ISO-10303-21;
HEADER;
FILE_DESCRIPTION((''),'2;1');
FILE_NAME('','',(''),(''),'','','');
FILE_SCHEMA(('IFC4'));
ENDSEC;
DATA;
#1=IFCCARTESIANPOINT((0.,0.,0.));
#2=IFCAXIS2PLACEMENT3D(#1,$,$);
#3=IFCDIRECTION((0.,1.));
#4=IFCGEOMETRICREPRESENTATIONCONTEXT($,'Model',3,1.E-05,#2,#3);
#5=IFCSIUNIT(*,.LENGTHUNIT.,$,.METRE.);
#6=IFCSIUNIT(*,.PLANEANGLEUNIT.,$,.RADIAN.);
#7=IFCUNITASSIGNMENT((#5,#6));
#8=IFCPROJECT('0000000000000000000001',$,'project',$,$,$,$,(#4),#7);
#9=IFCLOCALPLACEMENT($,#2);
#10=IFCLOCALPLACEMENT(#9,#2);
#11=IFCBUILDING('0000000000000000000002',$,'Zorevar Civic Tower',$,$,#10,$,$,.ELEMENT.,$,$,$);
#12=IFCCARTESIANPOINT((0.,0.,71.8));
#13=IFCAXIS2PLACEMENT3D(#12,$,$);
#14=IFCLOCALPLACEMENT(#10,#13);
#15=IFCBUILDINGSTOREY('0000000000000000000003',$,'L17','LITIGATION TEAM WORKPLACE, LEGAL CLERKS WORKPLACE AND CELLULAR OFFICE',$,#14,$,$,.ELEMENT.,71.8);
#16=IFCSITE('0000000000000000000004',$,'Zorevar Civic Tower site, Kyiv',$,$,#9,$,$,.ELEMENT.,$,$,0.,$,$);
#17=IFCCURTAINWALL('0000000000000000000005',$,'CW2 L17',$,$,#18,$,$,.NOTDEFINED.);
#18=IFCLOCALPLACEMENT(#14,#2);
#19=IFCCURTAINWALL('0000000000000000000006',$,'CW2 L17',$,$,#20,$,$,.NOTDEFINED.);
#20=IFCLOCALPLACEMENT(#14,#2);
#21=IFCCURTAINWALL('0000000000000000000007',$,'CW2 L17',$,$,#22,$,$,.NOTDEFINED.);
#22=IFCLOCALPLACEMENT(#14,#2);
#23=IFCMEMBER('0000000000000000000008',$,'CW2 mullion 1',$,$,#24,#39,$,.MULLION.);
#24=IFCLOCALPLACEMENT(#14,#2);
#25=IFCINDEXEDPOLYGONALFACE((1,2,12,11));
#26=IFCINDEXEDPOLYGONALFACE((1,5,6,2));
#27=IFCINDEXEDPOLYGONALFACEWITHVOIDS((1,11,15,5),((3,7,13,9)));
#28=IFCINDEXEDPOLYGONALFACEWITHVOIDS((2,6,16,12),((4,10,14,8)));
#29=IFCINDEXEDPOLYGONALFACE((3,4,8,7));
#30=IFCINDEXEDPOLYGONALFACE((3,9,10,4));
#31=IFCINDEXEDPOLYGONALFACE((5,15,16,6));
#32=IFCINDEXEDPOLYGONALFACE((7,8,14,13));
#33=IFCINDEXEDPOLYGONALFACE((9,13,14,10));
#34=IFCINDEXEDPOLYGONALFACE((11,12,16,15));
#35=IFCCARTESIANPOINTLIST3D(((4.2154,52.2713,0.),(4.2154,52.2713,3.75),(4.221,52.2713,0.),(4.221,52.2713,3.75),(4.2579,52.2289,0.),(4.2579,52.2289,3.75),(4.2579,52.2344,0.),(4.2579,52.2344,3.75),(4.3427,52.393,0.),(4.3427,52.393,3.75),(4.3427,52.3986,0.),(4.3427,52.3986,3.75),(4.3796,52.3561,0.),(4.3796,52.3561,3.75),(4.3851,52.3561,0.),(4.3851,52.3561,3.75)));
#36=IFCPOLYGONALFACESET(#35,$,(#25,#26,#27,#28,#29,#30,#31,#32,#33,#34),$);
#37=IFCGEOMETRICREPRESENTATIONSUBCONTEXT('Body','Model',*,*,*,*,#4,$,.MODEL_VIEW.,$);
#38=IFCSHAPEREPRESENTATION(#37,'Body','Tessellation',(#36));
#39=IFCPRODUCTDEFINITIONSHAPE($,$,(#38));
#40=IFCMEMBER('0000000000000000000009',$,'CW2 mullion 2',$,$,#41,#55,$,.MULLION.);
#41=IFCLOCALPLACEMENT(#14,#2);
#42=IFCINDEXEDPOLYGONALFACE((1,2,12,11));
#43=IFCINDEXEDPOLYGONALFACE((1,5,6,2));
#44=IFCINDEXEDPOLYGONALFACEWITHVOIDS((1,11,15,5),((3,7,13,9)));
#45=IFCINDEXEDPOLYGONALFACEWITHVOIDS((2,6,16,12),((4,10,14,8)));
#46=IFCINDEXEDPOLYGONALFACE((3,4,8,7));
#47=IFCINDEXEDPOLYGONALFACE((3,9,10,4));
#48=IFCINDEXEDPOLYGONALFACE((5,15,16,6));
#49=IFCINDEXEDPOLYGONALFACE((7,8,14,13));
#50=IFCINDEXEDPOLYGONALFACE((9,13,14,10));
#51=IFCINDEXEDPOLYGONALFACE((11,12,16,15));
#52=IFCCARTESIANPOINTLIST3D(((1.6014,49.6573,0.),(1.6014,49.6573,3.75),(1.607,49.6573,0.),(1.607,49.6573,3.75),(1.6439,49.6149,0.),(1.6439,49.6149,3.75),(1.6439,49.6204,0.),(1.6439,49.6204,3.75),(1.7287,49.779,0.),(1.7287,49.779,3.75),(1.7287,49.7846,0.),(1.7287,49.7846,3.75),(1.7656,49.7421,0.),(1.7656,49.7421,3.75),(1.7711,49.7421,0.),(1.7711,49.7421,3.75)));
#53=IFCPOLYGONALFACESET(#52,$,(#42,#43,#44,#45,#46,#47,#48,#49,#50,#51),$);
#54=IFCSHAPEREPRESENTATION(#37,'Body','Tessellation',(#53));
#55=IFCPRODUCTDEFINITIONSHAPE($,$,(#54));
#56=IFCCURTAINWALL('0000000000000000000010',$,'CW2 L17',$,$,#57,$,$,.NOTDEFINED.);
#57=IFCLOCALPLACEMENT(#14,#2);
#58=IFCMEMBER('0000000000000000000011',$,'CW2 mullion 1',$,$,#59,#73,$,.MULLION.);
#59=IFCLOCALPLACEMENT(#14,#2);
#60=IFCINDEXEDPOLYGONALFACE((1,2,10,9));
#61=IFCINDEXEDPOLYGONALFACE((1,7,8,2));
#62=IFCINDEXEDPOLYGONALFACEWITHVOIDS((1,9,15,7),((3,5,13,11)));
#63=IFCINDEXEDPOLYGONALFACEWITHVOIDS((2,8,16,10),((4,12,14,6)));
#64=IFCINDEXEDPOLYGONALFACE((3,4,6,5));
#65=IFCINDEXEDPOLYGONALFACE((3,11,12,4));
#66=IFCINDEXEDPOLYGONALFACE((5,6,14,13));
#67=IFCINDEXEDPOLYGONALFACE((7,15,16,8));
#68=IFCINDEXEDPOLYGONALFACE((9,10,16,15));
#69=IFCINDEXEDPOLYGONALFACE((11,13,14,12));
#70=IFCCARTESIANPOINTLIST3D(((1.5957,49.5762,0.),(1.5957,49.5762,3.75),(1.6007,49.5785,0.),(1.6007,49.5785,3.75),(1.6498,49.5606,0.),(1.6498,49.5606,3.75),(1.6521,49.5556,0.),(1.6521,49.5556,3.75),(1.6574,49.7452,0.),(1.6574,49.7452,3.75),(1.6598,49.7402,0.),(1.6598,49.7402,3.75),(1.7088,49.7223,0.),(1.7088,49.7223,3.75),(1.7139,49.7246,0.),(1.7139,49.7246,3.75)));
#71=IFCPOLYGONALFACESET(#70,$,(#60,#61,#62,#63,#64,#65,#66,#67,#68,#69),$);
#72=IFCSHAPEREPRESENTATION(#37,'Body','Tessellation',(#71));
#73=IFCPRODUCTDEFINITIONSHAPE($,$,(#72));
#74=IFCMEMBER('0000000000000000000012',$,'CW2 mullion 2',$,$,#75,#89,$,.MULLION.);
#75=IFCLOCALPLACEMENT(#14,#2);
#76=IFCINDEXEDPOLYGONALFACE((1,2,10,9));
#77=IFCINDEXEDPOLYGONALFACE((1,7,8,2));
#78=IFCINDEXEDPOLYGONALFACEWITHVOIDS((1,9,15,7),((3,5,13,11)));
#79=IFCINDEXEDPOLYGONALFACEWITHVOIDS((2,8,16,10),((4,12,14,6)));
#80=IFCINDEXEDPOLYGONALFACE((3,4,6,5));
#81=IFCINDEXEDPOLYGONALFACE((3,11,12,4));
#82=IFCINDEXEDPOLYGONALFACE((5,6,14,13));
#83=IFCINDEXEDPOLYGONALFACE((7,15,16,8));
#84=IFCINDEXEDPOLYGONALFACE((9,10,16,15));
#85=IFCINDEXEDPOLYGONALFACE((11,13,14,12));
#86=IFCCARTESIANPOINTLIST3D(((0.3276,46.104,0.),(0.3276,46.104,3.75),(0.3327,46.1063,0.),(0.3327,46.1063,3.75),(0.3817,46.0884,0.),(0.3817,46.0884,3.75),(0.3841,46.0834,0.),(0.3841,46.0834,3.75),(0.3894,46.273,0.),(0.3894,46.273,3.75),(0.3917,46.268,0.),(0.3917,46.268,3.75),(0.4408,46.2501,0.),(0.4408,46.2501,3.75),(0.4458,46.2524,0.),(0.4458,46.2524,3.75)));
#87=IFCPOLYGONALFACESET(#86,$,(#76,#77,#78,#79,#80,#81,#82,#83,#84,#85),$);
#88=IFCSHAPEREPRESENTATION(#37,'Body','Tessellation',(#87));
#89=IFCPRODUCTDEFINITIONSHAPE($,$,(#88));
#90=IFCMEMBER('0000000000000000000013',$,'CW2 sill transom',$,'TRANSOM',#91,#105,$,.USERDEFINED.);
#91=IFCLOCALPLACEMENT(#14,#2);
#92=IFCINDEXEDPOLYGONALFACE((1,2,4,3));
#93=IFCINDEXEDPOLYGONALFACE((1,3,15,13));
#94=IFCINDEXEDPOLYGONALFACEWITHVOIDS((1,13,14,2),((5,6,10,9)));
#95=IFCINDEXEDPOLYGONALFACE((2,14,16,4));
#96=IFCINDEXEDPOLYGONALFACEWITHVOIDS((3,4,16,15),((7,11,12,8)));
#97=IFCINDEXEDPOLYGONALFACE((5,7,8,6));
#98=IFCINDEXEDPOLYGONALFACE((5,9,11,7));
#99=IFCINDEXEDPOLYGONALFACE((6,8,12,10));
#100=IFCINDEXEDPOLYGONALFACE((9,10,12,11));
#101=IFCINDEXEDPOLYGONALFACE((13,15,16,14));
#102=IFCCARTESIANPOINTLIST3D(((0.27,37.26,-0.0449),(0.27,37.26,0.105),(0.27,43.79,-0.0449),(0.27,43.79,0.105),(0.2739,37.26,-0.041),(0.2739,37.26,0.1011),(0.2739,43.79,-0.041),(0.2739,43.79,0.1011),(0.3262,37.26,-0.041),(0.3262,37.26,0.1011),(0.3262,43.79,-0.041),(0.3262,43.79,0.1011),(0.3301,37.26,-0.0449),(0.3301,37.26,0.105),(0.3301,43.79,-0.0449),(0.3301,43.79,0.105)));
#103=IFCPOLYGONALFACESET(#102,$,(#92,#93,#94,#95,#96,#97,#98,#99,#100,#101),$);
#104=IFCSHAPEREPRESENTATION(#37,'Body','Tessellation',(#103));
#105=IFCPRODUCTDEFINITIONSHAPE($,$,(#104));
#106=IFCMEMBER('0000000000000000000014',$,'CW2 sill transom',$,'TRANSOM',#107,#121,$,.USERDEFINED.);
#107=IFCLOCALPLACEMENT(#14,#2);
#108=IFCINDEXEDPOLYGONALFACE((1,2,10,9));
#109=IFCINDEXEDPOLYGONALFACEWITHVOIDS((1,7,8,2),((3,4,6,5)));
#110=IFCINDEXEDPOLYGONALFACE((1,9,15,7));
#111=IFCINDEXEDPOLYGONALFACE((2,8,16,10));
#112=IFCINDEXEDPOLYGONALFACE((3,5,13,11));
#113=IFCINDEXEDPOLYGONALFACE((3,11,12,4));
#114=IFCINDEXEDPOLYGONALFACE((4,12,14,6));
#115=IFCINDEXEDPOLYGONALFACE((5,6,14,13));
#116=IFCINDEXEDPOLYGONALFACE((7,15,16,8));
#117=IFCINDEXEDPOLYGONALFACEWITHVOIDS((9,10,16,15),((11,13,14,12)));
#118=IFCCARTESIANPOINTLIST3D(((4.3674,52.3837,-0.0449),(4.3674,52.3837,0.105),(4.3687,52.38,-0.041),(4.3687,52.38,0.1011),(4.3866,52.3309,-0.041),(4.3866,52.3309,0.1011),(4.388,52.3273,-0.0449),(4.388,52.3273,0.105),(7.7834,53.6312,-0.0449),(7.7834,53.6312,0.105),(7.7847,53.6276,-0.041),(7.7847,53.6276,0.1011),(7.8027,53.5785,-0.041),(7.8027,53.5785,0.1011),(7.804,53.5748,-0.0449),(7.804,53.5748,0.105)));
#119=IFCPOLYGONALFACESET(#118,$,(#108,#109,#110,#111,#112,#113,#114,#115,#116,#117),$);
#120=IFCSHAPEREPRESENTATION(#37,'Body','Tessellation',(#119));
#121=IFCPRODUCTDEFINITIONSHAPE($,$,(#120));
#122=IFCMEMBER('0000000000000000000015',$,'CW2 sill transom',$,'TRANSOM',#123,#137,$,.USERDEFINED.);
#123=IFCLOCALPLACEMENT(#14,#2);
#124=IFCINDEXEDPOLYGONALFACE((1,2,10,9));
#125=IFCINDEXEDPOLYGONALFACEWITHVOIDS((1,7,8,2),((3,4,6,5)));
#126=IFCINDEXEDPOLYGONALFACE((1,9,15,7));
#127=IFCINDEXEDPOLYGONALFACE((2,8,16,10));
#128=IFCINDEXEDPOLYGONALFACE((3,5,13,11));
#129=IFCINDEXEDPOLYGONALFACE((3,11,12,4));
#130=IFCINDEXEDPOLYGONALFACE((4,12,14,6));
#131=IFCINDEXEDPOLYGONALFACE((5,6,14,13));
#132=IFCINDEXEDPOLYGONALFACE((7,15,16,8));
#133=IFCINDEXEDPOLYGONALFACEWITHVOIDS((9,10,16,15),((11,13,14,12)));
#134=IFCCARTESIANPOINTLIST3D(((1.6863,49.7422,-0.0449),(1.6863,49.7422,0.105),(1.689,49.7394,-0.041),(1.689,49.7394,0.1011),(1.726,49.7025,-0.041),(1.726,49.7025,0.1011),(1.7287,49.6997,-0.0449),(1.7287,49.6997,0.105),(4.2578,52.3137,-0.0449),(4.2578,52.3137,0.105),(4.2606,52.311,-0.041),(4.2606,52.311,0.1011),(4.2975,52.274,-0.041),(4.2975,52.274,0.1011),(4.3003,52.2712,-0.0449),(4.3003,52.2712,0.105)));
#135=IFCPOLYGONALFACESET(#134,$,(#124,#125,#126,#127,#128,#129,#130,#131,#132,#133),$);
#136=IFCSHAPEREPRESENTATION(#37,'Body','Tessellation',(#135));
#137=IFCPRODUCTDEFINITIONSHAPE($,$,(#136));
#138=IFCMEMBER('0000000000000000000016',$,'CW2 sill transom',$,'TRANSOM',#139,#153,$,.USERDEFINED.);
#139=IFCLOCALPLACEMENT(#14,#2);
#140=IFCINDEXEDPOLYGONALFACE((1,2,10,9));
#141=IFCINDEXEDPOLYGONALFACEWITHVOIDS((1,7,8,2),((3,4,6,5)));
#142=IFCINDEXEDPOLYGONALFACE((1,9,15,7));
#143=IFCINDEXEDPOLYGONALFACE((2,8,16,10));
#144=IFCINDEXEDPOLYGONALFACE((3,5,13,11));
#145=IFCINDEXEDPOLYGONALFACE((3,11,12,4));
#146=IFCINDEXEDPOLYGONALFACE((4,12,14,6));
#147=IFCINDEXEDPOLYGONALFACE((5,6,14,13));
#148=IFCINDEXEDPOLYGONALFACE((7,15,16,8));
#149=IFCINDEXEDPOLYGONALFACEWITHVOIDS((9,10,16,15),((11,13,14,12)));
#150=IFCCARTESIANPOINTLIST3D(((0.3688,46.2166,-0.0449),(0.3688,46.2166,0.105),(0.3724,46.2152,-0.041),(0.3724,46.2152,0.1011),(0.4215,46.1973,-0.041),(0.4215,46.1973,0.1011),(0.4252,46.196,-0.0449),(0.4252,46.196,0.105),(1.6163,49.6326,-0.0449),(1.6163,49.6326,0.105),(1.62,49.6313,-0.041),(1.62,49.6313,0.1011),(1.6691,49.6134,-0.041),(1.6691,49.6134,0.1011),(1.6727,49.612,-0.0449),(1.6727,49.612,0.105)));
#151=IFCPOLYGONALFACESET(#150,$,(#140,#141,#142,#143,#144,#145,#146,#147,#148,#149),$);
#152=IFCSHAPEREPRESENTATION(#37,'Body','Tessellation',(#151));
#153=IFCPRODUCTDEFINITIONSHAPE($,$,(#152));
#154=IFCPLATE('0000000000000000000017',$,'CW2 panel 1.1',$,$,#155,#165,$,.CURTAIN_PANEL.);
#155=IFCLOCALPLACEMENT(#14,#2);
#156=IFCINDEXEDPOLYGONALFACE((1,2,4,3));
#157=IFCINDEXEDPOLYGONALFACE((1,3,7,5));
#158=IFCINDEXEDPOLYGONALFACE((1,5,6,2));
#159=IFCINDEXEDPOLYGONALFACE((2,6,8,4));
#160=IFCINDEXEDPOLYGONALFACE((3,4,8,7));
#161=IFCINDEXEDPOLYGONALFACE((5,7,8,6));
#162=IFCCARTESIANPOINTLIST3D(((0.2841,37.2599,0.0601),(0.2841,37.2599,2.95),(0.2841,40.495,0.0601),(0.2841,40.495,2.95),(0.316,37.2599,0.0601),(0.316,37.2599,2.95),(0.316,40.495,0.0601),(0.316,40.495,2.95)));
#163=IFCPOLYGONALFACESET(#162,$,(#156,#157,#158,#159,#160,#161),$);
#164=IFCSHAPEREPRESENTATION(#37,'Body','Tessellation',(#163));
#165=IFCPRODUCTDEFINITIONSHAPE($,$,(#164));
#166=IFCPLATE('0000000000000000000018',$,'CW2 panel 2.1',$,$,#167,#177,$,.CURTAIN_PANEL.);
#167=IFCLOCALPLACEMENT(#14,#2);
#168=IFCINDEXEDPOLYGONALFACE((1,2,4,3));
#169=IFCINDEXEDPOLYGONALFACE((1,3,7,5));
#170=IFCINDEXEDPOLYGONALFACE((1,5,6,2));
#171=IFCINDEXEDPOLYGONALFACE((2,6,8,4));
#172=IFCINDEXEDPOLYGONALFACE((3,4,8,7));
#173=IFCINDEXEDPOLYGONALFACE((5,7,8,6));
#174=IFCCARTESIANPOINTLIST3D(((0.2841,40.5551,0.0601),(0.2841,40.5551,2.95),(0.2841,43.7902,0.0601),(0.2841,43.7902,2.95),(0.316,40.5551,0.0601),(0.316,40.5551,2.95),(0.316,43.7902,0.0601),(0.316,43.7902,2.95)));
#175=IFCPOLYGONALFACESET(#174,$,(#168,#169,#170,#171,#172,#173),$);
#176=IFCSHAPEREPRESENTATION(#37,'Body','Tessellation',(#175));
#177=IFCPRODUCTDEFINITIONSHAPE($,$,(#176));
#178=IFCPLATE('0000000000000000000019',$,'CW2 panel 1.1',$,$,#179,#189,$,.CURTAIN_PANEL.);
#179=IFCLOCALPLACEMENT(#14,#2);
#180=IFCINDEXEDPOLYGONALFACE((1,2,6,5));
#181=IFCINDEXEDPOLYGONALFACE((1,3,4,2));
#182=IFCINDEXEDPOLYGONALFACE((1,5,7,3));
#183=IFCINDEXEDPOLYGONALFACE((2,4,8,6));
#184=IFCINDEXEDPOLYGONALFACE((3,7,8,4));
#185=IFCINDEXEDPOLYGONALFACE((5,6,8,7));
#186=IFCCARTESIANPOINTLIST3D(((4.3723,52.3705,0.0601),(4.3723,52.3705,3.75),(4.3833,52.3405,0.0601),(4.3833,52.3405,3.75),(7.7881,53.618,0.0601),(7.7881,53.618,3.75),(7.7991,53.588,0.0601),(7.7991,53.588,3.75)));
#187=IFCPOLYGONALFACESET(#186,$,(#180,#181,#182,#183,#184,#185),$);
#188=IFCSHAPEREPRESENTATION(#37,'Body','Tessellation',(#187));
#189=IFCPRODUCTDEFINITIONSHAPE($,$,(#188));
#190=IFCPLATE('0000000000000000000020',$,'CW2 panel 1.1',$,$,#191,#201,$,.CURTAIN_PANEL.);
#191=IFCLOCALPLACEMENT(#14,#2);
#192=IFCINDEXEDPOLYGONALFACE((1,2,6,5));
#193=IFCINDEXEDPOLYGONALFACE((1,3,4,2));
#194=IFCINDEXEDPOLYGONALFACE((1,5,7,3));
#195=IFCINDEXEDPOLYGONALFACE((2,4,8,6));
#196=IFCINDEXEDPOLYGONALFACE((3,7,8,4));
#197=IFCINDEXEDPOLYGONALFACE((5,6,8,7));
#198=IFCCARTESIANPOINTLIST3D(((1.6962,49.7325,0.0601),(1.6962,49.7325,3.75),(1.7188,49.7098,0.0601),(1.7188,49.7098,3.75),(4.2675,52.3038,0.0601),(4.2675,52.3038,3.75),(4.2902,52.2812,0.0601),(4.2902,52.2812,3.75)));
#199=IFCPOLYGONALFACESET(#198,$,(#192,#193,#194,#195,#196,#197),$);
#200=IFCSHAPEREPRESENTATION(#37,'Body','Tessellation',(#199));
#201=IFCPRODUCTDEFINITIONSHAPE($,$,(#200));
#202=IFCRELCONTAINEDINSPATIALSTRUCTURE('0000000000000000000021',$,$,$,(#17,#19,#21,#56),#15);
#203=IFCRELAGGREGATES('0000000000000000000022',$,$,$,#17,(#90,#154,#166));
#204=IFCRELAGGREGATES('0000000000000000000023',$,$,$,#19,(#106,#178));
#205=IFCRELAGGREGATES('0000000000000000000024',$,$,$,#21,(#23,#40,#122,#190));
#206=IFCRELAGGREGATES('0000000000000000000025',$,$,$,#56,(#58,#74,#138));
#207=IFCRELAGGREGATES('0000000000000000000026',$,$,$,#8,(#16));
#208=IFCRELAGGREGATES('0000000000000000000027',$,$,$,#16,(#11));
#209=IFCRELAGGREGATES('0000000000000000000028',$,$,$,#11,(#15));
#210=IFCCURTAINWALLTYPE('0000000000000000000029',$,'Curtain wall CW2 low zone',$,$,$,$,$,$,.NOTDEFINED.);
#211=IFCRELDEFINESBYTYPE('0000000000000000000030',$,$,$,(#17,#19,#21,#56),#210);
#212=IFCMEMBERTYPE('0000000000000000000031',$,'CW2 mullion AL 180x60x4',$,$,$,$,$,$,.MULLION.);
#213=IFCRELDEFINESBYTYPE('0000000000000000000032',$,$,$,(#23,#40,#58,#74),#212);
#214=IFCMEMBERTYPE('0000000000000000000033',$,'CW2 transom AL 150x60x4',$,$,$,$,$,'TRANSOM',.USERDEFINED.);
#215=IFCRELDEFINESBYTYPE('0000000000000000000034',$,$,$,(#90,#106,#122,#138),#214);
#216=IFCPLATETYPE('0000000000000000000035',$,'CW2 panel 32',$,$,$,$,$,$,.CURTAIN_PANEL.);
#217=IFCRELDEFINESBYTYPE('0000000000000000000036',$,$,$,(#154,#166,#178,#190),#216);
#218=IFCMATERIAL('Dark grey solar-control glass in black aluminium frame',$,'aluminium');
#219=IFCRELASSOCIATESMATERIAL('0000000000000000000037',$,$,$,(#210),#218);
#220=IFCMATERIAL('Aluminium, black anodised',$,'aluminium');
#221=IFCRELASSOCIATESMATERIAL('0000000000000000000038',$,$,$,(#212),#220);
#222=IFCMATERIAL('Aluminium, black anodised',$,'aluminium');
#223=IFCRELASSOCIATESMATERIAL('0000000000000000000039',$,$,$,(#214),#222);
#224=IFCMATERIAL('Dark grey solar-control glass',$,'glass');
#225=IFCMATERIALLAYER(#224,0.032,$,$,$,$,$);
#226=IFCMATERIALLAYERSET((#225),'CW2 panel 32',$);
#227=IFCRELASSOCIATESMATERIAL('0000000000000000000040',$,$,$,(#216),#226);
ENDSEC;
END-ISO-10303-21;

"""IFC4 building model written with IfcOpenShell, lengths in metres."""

from ifc_helpers import new_model, si_unit, direction, frame, origin, origin_2d, place, context, subcontext, project, spatial, rectangle, hollow_rectangle, extrude, material, layer, layer_set, material_profile, profile_set, type_object, element, aggregate, save


model = new_model("IFC4")

# Units and contexts
model_context = context("Model", 3, precision=1e-05, world=origin(), true_north=direction((0.0, 1.0)))
body_context = subcontext(model_context, "Body", "Model", "MODEL_VIEW")
ifc_project = project(units=[si_unit("LENGTHUNIT", "METRE"), si_unit("PLANEANGLEUNIT", "RADIAN")], contexts=[model_context])

# Site, building, storey
site_placement = place(None, origin())
site = spatial("IfcSite", under=ifc_project, at=site_placement, Name="Zorevar Civic Tower site, Kyiv", CompositionType="ELEMENT", RefElevation=0.0)
building_placement = place(site_placement, origin())
building = spatial("IfcBuilding", under=site, at=building_placement, Name="Zorevar Civic Tower", CompositionType="ELEMENT")
storey_placement = place(building_placement, frame((0.0, 0.0, 71.8)))
storey = spatial("IfcBuildingStorey", under=building, at=storey_placement, Name="L17", Description="LITIGATION TEAM WORKPLACE, LEGAL CLERKS WORKPLACE AND CELLULAR OFFICE", CompositionType="ELEMENT", Elevation=71.8)

# Curtain walls, members
ifc_material_1 = material(Name="Dark grey solar-control glass in black aluminium frame", Category="aluminium")
curtain_wall_type = type_object("IfcCurtainWallType", Name="Curtain wall CW2 low zone", PredefinedType="NOTDEFINED", material=ifc_material_1)
curtain_wall_1_placement = place(storey_placement, origin())
curtain_wall_1 = element("IfcCurtainWall", 1, at=curtain_wall_1_placement, inside=storey, type_object=curtain_wall_type, Name="CW2 L17", PredefinedType="NOTDEFINED")
ifc_material_2 = material(Name="Aluminium, black anodised", Category="aluminium")
ifc_material_profile_1 = material_profile(ifc_material_2, hollow_rectangle(XDim=0.0601, YDim=0.1799, WallThickness=0.0039, at=origin_2d()), Name="AL 180x60x4")
ifc_profile_set_1 = profile_set([ifc_material_profile_1], Name="Aluminium, black anodised")
member_type_1 = type_object("IfcMemberType", Name="CW2 mullion AL 180x60x4", PredefinedType="MULLION", material=ifc_profile_set_1)
curtain_wall_2_placement = place(storey_placement, origin())
curtain_wall_2 = element("IfcCurtainWall", 2, at=curtain_wall_2_placement, inside=storey, type_object=curtain_wall_type, Name="CW2 L17", PredefinedType="NOTDEFINED")
curtain_wall_3_placement = place(storey_placement, origin())
curtain_wall_3 = element("IfcCurtainWall", 3, at=curtain_wall_3_placement, inside=storey, type_object=curtain_wall_type, Name="CW2 L17", PredefinedType="NOTDEFINED")
member_1_placement = place(storey_placement, frame((4.3003, 52.3137, 0.0), z_axis=(0.0, 0.0, 1.0), x_axis=(0.707107, -0.707107, 0.0)))
member_1 = element("IfcMember", 4, at=member_1_placement, type_object=member_type_1, Name="CW2 mullion 1", PredefinedType="MULLION", context=body_context, shape_type="SweptSolid", body=[
    extrude(hollow_rectangle(XDim=0.0601, YDim=0.1799, WallThickness=0.0039, at=origin_2d()), origin(), (0.0, 0.0, 1.0), 3.75),
])
member_2_placement = place(storey_placement, frame((1.6863, 49.6997, 0.0), z_axis=(0.0, 0.0, 1.0), x_axis=(0.707107, -0.707107, 0.0)))
member_2 = element("IfcMember", 5, at=member_2_placement, type_object=member_type_1, Name="CW2 mullion 2", PredefinedType="MULLION", context=body_context, shape_type="SweptSolid", body=[
    extrude(hollow_rectangle(XDim=0.0601, YDim=0.1799, WallThickness=0.0039, at=origin_2d()), origin(), (0.0, 0.0, 1.0), 3.75),
])
curtain_wall_4_placement = place(storey_placement, origin())
curtain_wall_4 = element("IfcCurtainWall", 6, at=curtain_wall_4_placement, inside=storey, type_object=curtain_wall_type, Name="CW2 L17", PredefinedType="NOTDEFINED")
member_3_placement = place(storey_placement, frame((1.6548, 49.6504, 0.0), z_axis=(0.0, 0.0, 1.0), x_axis=(0.939313, -0.34306, 0.0)))
member_3 = element("IfcMember", 7, at=member_3_placement, type_object=member_type_1, Name="CW2 mullion 1", PredefinedType="MULLION", context=body_context, shape_type="SweptSolid", body=[
    extrude(hollow_rectangle(XDim=0.0601, YDim=0.1799, WallThickness=0.0039, at=origin_2d()), origin(), (0.0, 0.0, 1.0), 3.75),
])
member_4_placement = place(storey_placement, frame((0.3867, 46.1782, 0.0), z_axis=(0.0, 0.0, 1.0), x_axis=(0.939313, -0.34306, 0.0)))
member_4 = element("IfcMember", 8, at=member_4_placement, type_object=member_type_1, Name="CW2 mullion 2", PredefinedType="MULLION", context=body_context, shape_type="SweptSolid", body=[
    extrude(hollow_rectangle(XDim=0.0601, YDim=0.1799, WallThickness=0.0039, at=origin_2d()), origin(), (0.0, 0.0, 1.0), 3.75),
])

# Members
ifc_material_3 = material(Name="Aluminium, black anodised", Category="aluminium")
ifc_material_profile_2 = material_profile(ifc_material_3, hollow_rectangle(XDim=0.0601, YDim=0.1499, WallThickness=0.0039, at=origin_2d()), Name="AL 150x60x4")
ifc_profile_set_2 = profile_set([ifc_material_profile_2], Name="Aluminium, black anodised")
member_type_2 = type_object("IfcMemberType", Name="CW2 transom AL 150x60x4", ElementType="TRANSOM", PredefinedType="USERDEFINED", material=ifc_profile_set_2)
member_5_placement = place(storey_placement, frame((0.3, 37.26, 0.03), z_axis=(0.0, 1.0, 0.0), x_axis=(-1.0, 0.0, 0.0)))
member_5 = element("IfcMember", 9, at=member_5_placement, type_object=member_type_2, Name="CW2 sill transom", ObjectType="TRANSOM", PredefinedType="USERDEFINED", context=body_context, shape_type="SweptSolid", body=[
    extrude(hollow_rectangle(XDim=0.0601, YDim=0.1499, WallThickness=0.0039, at=origin_2d()), origin(), (0.0, 0.0, 1.0), 6.53),
])
member_6_placement = place(storey_placement, frame((7.7937, 53.603, 0.03), z_axis=(-0.939318, -0.343047, 0.0), x_axis=(0.343047, -0.939318, 0.0)))
member_6 = element("IfcMember", 10, at=member_6_placement, type_object=member_type_2, Name="CW2 sill transom", ObjectType="TRANSOM", PredefinedType="USERDEFINED", context=body_context, shape_type="SweptSolid", body=[
    extrude(hollow_rectangle(XDim=0.0601, YDim=0.1499, WallThickness=0.0039, at=origin_2d()), origin(), (0.0, 0.0, 1.0), 3.6367),
])
member_7_placement = place(storey_placement, frame((4.2791, 52.2925, 0.03), z_axis=(-0.707107, -0.707107, 0.0), x_axis=(0.707107, -0.707107, 0.0)))
member_7 = element("IfcMember", 11, at=member_7_placement, type_object=member_type_2, Name="CW2 sill transom", ObjectType="TRANSOM", PredefinedType="USERDEFINED", context=body_context, shape_type="SweptSolid", body=[
    extrude(hollow_rectangle(XDim=0.0601, YDim=0.1499, WallThickness=0.0039, at=origin_2d()), origin(), (0.0, 0.0, 1.0), 3.6367),
])
member_8_placement = place(storey_placement, frame((1.6445, 49.6223, 0.03), z_axis=(-0.343047, -0.939318, 0.0), x_axis=(0.939318, -0.343047, 0.0)))
member_8 = element("IfcMember", 12, at=member_8_placement, type_object=member_type_2, Name="CW2 sill transom", ObjectType="TRANSOM", PredefinedType="USERDEFINED", context=body_context, shape_type="SweptSolid", body=[
    extrude(hollow_rectangle(XDim=0.0601, YDim=0.1499, WallThickness=0.0039, at=origin_2d()), origin(), (0.0, 0.0, 1.0), 3.6367),
])

# Plates
ifc_material_4 = material(Name="Dark grey solar-control glass", Category="glass")
ifc_layer_1 = layer(ifc_material_4, 0.032)
ifc_layer_set_1 = layer_set([ifc_layer_1], Name="CW2 panel 32")
plate_type = type_object("IfcPlateType", Name="CW2 panel 32", PredefinedType="CURTAIN_PANEL", material=ifc_layer_set_1)
plate_1_placement = place(storey_placement, frame((0.3, 38.8774, 0.0601), z_axis=(0.0, 0.0, 1.0), x_axis=(0.0, 1.0, 0.0)))
plate_1 = element("IfcPlate", 13, at=plate_1_placement, type_object=plate_type, Name="CW2 panel 1.1", PredefinedType="CURTAIN_PANEL", context=body_context, shape_type="SweptSolid", body=[
    extrude(rectangle(XDim=3.2351, YDim=0.032, at=origin_2d()), origin(), (0.0, 0.0, 1.0), 2.8899),
])
plate_2_placement = place(storey_placement, frame((0.3, 42.1726, 0.0601), z_axis=(0.0, 0.0, 1.0), x_axis=(0.0, 1.0, 0.0)))
plate_2 = element("IfcPlate", 14, at=plate_2_placement, type_object=plate_type, Name="CW2 panel 2.1", PredefinedType="CURTAIN_PANEL", context=body_context, shape_type="SweptSolid", body=[
    extrude(rectangle(XDim=3.2351, YDim=0.032, at=origin_2d()), origin(), (0.0, 0.0, 1.0), 2.8899),
])
aggregate(curtain_wall_1, [member_5, plate_1, plate_2])
plate_3_placement = place(storey_placement, frame((6.0857, 52.9792, 0.0601), z_axis=(0.0, 0.0, 1.0), x_axis=(-0.939313, -0.34306, 0.0)))
plate_3 = element("IfcPlate", 15, at=plate_3_placement, type_object=plate_type, Name="CW2 panel 1.1", PredefinedType="CURTAIN_PANEL", context=body_context, shape_type="SweptSolid", body=[
    extrude(rectangle(XDim=3.6365, YDim=0.032, at=origin_2d()), origin(), (0.0, 0.0, 1.0), 3.6899),
])
aggregate(curtain_wall_2, [member_6, plate_3])
plate_4_placement = place(storey_placement, frame((2.9932, 51.0068, 0.0601), z_axis=(0.0, 0.0, 1.0), x_axis=(-0.707107, -0.707107, 0.0)))
plate_4 = element("IfcPlate", 16, at=plate_4_placement, type_object=plate_type, Name="CW2 panel 1.1", PredefinedType="CURTAIN_PANEL", context=body_context, shape_type="SweptSolid", body=[
    extrude(rectangle(XDim=3.6365, YDim=0.032, at=origin_2d()), origin(), (0.0, 0.0, 1.0), 3.6899),
])
aggregate(curtain_wall_3, [member_1, member_2, member_7, plate_4])
aggregate(curtain_wall_4, [member_3, member_4, member_8])

save(model, "model.ifc")
